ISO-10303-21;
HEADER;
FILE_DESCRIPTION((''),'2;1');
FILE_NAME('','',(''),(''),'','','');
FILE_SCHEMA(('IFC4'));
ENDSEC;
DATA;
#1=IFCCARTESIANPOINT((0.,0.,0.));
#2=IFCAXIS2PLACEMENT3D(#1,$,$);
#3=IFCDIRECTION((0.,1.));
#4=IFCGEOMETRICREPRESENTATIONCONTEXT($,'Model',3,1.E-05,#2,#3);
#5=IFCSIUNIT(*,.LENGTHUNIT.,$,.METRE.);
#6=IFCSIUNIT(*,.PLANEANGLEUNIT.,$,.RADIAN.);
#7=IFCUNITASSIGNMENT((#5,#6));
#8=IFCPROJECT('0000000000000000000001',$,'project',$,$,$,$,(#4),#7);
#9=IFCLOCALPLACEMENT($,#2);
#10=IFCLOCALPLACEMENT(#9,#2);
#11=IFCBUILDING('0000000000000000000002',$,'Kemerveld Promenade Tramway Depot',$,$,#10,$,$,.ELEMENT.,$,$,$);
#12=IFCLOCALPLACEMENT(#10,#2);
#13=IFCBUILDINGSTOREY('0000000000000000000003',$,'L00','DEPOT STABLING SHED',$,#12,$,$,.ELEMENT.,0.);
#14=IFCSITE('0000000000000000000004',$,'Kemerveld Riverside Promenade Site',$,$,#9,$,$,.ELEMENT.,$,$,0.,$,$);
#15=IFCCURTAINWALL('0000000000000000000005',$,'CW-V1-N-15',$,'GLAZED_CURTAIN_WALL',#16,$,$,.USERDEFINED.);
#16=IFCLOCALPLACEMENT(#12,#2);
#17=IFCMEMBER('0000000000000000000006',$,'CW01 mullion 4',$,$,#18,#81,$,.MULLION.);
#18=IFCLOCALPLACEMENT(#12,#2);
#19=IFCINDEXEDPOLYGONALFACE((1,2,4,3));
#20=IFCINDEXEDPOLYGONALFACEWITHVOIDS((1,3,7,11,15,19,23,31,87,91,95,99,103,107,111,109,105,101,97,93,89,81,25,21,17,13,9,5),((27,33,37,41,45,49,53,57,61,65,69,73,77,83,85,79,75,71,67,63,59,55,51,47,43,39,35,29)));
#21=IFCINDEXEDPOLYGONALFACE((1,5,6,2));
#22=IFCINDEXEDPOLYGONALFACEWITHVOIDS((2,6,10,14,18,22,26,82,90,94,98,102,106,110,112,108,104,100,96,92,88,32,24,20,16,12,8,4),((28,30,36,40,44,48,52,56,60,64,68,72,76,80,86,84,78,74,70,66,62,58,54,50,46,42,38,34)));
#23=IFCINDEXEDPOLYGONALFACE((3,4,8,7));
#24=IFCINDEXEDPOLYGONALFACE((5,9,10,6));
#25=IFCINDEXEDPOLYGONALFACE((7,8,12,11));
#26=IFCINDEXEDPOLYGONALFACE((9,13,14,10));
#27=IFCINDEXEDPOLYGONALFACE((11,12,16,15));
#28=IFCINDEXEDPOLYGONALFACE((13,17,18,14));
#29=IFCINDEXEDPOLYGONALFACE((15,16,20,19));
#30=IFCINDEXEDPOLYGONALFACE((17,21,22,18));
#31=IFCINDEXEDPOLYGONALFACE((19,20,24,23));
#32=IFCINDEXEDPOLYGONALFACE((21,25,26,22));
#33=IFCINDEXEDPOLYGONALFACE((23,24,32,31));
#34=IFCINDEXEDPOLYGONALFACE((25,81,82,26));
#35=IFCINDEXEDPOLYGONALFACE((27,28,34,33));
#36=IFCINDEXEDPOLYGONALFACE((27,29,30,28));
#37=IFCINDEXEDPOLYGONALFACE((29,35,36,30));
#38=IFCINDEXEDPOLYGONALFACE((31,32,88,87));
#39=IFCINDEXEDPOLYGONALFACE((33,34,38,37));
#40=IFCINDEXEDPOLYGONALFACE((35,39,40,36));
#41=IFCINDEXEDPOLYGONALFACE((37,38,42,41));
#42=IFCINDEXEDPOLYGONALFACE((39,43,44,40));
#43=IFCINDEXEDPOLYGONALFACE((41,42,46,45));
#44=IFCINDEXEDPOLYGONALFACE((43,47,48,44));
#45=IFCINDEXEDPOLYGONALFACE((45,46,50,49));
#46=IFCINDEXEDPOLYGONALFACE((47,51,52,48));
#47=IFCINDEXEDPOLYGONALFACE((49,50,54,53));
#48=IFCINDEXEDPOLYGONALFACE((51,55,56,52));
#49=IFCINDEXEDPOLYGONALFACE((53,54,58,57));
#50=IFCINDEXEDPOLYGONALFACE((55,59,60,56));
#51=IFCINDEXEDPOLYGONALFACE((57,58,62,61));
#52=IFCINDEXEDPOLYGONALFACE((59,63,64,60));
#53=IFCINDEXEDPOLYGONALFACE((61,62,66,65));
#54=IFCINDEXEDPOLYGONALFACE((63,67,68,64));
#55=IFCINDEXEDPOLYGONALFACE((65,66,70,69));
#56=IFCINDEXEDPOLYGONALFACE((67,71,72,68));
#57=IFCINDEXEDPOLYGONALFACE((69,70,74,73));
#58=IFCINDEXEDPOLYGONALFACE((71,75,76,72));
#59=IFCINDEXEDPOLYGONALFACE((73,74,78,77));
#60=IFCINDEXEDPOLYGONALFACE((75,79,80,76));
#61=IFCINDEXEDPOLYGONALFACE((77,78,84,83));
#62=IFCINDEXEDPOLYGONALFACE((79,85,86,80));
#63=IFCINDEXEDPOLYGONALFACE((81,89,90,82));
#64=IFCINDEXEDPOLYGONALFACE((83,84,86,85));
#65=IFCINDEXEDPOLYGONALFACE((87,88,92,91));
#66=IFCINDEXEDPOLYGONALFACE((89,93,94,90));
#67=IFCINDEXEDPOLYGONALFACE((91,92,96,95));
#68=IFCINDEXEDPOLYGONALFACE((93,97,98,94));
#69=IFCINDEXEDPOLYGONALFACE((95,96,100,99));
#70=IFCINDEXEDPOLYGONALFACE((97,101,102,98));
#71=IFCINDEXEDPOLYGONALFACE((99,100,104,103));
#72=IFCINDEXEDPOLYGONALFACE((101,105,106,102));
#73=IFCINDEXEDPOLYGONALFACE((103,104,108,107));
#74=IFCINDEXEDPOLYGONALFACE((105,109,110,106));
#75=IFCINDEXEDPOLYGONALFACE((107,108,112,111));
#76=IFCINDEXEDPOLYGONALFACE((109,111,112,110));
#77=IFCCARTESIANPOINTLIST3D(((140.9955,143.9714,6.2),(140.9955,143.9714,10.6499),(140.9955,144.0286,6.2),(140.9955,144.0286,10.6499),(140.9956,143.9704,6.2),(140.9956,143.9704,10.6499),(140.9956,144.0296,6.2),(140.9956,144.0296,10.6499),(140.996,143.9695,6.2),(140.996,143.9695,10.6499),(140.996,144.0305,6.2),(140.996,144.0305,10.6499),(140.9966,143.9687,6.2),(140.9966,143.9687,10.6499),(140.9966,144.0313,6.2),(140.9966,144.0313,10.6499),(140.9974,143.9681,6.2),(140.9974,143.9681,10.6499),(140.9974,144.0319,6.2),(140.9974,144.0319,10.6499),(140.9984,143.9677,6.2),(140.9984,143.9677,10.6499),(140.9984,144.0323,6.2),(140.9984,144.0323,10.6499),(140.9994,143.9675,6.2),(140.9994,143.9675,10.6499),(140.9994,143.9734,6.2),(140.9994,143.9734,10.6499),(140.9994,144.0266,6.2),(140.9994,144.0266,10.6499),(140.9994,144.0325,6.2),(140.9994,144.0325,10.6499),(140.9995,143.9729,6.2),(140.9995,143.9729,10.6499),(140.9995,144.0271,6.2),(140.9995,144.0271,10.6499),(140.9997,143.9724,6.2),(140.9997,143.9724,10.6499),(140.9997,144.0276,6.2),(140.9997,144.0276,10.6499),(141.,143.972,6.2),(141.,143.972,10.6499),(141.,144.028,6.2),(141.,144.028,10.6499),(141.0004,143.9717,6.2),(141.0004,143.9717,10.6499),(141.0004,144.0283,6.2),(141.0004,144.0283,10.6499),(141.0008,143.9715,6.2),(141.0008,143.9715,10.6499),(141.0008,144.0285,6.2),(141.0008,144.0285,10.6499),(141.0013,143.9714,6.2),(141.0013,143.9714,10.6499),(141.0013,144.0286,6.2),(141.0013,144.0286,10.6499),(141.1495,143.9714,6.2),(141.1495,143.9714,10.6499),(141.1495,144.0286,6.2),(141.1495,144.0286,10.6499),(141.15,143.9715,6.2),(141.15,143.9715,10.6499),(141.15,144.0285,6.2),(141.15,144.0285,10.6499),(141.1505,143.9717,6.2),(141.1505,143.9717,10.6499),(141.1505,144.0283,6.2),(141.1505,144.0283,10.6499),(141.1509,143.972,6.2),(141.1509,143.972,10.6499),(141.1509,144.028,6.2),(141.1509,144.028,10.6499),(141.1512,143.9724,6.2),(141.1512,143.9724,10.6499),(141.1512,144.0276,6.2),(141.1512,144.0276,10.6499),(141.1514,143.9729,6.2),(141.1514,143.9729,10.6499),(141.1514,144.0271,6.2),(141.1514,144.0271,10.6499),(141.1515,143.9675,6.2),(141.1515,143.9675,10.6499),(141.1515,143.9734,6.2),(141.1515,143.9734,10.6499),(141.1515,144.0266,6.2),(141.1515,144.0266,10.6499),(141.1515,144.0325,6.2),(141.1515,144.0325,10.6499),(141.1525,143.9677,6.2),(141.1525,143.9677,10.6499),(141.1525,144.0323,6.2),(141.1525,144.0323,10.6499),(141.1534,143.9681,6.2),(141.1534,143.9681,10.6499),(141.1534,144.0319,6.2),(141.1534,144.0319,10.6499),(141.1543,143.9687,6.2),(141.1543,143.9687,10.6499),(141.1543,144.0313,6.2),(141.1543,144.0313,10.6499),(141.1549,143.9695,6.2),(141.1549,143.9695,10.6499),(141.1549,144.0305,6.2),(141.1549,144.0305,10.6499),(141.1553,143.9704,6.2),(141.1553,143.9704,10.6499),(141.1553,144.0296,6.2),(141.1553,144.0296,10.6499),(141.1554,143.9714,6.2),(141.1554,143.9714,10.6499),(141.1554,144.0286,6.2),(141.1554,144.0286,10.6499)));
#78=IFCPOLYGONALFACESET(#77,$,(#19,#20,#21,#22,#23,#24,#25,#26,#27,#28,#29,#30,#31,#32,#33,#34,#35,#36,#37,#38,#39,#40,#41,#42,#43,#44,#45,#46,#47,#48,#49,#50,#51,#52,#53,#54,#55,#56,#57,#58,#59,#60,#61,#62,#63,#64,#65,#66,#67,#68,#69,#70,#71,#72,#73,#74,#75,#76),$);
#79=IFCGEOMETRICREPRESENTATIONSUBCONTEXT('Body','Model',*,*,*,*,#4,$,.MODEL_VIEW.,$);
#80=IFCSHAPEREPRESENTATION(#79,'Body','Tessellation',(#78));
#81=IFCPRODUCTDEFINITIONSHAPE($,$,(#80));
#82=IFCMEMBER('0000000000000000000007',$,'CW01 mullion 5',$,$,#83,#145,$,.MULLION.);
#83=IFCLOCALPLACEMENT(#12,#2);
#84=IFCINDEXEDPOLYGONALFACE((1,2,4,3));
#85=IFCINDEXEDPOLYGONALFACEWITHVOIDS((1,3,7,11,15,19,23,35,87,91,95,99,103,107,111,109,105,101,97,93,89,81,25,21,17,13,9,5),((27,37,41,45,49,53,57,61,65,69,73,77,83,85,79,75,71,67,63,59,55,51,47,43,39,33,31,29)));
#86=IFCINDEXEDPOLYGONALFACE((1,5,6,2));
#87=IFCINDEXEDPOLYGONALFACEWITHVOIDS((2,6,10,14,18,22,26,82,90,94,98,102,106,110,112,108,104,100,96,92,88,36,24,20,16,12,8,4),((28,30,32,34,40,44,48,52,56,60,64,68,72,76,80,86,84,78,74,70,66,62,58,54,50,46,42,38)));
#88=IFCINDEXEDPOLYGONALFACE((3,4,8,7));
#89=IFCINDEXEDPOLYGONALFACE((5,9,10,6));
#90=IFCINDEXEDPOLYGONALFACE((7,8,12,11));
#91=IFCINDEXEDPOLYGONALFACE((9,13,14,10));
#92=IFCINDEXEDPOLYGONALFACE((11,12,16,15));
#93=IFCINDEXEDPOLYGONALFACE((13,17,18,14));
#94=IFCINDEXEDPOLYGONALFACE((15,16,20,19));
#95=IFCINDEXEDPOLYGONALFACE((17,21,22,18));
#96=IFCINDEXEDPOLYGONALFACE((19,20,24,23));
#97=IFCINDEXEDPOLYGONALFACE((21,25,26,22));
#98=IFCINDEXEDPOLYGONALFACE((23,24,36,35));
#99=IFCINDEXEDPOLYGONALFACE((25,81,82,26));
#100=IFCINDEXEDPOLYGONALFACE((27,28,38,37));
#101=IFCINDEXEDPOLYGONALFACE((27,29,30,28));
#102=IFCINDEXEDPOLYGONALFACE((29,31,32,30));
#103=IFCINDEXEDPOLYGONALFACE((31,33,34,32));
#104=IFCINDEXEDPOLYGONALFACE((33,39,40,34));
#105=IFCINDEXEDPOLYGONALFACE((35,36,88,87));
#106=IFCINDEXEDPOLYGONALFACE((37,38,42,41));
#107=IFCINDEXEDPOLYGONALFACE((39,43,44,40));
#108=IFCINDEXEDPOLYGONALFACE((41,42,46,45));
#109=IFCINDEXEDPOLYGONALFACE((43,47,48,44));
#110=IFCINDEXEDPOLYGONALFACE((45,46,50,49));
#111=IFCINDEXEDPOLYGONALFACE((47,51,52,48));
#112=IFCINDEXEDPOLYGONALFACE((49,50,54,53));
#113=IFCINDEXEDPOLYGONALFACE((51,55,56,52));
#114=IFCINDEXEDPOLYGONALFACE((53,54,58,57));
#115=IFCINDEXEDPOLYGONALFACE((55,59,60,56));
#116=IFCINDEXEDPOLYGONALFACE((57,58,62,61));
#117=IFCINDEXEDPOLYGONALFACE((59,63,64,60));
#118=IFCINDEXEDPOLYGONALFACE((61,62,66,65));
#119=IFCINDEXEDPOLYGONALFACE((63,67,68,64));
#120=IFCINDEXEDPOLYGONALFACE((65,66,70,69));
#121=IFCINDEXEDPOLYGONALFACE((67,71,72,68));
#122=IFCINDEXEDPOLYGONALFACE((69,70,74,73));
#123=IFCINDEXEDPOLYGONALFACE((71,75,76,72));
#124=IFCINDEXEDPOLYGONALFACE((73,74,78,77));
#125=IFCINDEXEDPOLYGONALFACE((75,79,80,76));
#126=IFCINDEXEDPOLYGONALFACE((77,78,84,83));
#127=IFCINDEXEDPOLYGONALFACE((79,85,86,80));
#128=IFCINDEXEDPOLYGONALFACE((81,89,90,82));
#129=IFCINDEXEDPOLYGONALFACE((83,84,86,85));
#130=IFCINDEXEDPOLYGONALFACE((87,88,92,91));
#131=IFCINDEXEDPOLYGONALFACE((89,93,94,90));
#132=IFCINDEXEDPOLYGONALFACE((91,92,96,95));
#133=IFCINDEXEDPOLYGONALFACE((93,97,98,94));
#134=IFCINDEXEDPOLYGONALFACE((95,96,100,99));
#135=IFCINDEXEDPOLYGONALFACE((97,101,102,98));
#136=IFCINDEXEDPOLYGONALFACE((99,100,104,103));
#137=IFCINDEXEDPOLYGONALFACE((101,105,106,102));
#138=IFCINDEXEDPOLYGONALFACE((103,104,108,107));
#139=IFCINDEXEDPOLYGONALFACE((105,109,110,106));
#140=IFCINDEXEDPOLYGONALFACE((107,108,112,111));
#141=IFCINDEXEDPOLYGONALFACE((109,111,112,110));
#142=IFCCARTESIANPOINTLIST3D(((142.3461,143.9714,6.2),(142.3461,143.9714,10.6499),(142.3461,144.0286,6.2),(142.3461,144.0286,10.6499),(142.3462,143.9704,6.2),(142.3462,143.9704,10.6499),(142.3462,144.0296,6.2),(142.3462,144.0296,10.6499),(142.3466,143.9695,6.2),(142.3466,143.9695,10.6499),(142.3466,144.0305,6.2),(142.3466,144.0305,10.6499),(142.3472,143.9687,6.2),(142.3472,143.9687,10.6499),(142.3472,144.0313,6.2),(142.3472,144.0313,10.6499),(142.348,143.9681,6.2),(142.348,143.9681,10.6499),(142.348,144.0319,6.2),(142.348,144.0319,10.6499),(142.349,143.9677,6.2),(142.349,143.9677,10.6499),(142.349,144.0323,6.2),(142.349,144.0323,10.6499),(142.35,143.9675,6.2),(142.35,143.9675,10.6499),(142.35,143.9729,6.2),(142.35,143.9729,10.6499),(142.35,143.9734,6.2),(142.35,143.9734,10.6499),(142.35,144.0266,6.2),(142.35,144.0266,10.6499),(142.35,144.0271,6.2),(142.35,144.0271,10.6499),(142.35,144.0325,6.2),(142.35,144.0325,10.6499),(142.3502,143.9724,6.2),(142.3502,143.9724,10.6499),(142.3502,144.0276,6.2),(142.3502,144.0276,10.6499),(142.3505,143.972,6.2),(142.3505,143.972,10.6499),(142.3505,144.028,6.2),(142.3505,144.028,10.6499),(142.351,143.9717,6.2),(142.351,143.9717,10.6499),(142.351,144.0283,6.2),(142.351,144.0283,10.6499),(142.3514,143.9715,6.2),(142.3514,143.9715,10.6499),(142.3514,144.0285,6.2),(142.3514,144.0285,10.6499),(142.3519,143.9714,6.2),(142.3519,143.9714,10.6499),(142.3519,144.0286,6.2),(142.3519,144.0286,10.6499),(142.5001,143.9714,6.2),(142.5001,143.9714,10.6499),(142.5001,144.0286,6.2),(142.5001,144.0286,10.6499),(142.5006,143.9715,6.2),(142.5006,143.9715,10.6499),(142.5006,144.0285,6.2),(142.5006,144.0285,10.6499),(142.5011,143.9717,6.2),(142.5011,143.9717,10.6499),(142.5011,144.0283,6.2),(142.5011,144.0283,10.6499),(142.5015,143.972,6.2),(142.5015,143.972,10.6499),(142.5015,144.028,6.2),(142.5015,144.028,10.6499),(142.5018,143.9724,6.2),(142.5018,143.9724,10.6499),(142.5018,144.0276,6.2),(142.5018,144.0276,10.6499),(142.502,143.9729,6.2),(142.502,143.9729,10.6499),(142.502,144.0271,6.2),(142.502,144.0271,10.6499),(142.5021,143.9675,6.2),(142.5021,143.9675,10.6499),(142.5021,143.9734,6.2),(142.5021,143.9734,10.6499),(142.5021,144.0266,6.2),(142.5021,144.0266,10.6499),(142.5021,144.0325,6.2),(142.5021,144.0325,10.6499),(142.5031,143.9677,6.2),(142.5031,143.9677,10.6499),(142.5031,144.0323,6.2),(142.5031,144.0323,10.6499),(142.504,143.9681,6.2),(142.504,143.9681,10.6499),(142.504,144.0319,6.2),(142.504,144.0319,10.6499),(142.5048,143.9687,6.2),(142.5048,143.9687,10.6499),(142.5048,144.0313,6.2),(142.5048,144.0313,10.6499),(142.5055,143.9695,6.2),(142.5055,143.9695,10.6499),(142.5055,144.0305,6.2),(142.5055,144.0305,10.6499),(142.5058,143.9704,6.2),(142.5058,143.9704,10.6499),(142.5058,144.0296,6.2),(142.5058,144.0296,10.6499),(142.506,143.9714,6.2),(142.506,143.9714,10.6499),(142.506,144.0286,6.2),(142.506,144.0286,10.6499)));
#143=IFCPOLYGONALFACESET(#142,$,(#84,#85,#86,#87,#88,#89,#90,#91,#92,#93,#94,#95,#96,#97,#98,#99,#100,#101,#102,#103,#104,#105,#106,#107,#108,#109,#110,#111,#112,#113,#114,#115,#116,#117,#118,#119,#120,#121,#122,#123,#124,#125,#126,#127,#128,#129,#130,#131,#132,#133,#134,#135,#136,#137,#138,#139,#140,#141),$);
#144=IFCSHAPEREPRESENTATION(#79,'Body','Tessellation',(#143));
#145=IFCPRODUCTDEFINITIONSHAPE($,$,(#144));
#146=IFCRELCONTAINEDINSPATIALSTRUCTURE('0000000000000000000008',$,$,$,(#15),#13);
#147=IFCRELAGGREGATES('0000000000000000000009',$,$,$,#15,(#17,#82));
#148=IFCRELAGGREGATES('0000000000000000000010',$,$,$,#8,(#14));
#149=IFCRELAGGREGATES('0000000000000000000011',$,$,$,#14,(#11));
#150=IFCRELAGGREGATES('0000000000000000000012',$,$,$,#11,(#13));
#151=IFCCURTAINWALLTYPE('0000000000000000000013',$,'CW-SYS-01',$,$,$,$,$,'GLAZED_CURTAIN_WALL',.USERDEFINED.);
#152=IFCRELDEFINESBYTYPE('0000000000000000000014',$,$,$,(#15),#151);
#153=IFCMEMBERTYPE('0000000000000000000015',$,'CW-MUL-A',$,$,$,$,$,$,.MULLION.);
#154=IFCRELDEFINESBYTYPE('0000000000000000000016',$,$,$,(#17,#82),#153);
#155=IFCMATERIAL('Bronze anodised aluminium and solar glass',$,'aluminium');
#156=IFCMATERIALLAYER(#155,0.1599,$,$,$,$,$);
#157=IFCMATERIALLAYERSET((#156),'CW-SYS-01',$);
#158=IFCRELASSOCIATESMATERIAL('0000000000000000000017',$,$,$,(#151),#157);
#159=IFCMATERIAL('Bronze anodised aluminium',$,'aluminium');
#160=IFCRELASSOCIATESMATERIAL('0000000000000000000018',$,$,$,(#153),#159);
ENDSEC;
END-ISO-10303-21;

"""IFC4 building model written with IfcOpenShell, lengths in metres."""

from ifc_helpers import new_model, si_unit, direction, frame, origin, origin_2d, place, context, subcontext, project, spatial, hollow_rectangle, extrude, material, layer, layer_set, material_profile, profile_set, type_object, element, aggregate, save


model = new_model("IFC4")

# Units and contexts
model_context = context("Model", 3, precision=1e-05, world=origin(), true_north=direction((0.0, 1.0)))
body_context = subcontext(model_context, "Body", "Model", "MODEL_VIEW")
ifc_project = project(units=[si_unit("LENGTHUNIT", "METRE"), si_unit("PLANEANGLEUNIT", "RADIAN")], contexts=[model_context])

# Site, building, storey
site_placement = place(None, origin())
site = spatial("IfcSite", under=ifc_project, at=site_placement, Name="Kemerveld Riverside Promenade Site", CompositionType="ELEMENT", RefElevation=0.0)
building_placement = place(site_placement, origin())
building = spatial("IfcBuilding", under=site, at=building_placement, Name="Kemerveld Promenade Tramway Depot", CompositionType="ELEMENT")
storey_placement = place(building_placement, origin())
storey = spatial("IfcBuildingStorey", under=building, at=storey_placement, Name="L00", Description="DEPOT STABLING SHED", CompositionType="ELEMENT", Elevation=0.0)

# Curtain wall, members
ifc_material_1 = material(Name="Bronze anodised aluminium and solar glass", Category="aluminium")
ifc_layer_1 = layer(ifc_material_1, 0.1599)
ifc_layer_set_1 = layer_set([ifc_layer_1], Name="CW-SYS-01")
curtain_wall_type = type_object("IfcCurtainWallType", Name="CW-SYS-01", ElementType="GLAZED_CURTAIN_WALL", PredefinedType="USERDEFINED", material=ifc_layer_set_1)
curtain_wall_placement = place(storey_placement, origin())
curtain_wall = element("IfcCurtainWall", 1, at=curtain_wall_placement, inside=storey, type_object=curtain_wall_type, Name="CW-V1-N-15", ObjectType="GLAZED_CURTAIN_WALL", PredefinedType="USERDEFINED")
ifc_material_2 = material(Name="Bronze anodised aluminium", Category="aluminium")
ifc_material_profile_1 = material_profile(ifc_material_2, hollow_rectangle(XDim=0.0649, YDim=0.1599, WallThickness=0.0039, InnerFilletRadius=0.002, OuterFilletRadius=0.0039, at=origin_2d()), Name="CW-MUL-160x65")
ifc_profile_set_1 = profile_set([ifc_material_profile_1], Name="Bronze anodised aluminium")
member_type_1 = type_object("IfcMemberType", Name="CW-MUL-A", PredefinedType="MULLION", material=ifc_profile_set_1)
member_1_placement = place(storey_placement, frame((141.0754, 144.0, 6.2), z_axis=(0.0, 0.0, 1.0), x_axis=(0.0, 1.0, 0.0)))
member_1 = element("IfcMember", 2, at=member_1_placement, type_object=member_type_1, Name="CW01 mullion 4", PredefinedType="MULLION", context=body_context, shape_type="SweptSolid", body=[
    extrude(hollow_rectangle(XDim=0.0649, YDim=0.1599, WallThickness=0.0039, InnerFilletRadius=0.002, OuterFilletRadius=0.0039, at=origin_2d()), origin(), (0.0, 0.0, 1.0), 4.45),
])
member_2_placement = place(storey_placement, frame((142.426, 144.0, 6.2), z_axis=(0.0, 0.0, 1.0), x_axis=(0.0, 1.0, 0.0)))
member_2 = element("IfcMember", 3, at=member_2_placement, type_object=member_type_1, Name="CW01 mullion 5", PredefinedType="MULLION", context=body_context, shape_type="SweptSolid", body=[
    extrude(hollow_rectangle(XDim=0.0649, YDim=0.1599, WallThickness=0.0039, InnerFilletRadius=0.002, OuterFilletRadius=0.0039, at=origin_2d()), origin(), (0.0, 0.0, 1.0), 4.45),
])
aggregate(curtain_wall, [member_1, member_2])

save(model, "model.ifc")
